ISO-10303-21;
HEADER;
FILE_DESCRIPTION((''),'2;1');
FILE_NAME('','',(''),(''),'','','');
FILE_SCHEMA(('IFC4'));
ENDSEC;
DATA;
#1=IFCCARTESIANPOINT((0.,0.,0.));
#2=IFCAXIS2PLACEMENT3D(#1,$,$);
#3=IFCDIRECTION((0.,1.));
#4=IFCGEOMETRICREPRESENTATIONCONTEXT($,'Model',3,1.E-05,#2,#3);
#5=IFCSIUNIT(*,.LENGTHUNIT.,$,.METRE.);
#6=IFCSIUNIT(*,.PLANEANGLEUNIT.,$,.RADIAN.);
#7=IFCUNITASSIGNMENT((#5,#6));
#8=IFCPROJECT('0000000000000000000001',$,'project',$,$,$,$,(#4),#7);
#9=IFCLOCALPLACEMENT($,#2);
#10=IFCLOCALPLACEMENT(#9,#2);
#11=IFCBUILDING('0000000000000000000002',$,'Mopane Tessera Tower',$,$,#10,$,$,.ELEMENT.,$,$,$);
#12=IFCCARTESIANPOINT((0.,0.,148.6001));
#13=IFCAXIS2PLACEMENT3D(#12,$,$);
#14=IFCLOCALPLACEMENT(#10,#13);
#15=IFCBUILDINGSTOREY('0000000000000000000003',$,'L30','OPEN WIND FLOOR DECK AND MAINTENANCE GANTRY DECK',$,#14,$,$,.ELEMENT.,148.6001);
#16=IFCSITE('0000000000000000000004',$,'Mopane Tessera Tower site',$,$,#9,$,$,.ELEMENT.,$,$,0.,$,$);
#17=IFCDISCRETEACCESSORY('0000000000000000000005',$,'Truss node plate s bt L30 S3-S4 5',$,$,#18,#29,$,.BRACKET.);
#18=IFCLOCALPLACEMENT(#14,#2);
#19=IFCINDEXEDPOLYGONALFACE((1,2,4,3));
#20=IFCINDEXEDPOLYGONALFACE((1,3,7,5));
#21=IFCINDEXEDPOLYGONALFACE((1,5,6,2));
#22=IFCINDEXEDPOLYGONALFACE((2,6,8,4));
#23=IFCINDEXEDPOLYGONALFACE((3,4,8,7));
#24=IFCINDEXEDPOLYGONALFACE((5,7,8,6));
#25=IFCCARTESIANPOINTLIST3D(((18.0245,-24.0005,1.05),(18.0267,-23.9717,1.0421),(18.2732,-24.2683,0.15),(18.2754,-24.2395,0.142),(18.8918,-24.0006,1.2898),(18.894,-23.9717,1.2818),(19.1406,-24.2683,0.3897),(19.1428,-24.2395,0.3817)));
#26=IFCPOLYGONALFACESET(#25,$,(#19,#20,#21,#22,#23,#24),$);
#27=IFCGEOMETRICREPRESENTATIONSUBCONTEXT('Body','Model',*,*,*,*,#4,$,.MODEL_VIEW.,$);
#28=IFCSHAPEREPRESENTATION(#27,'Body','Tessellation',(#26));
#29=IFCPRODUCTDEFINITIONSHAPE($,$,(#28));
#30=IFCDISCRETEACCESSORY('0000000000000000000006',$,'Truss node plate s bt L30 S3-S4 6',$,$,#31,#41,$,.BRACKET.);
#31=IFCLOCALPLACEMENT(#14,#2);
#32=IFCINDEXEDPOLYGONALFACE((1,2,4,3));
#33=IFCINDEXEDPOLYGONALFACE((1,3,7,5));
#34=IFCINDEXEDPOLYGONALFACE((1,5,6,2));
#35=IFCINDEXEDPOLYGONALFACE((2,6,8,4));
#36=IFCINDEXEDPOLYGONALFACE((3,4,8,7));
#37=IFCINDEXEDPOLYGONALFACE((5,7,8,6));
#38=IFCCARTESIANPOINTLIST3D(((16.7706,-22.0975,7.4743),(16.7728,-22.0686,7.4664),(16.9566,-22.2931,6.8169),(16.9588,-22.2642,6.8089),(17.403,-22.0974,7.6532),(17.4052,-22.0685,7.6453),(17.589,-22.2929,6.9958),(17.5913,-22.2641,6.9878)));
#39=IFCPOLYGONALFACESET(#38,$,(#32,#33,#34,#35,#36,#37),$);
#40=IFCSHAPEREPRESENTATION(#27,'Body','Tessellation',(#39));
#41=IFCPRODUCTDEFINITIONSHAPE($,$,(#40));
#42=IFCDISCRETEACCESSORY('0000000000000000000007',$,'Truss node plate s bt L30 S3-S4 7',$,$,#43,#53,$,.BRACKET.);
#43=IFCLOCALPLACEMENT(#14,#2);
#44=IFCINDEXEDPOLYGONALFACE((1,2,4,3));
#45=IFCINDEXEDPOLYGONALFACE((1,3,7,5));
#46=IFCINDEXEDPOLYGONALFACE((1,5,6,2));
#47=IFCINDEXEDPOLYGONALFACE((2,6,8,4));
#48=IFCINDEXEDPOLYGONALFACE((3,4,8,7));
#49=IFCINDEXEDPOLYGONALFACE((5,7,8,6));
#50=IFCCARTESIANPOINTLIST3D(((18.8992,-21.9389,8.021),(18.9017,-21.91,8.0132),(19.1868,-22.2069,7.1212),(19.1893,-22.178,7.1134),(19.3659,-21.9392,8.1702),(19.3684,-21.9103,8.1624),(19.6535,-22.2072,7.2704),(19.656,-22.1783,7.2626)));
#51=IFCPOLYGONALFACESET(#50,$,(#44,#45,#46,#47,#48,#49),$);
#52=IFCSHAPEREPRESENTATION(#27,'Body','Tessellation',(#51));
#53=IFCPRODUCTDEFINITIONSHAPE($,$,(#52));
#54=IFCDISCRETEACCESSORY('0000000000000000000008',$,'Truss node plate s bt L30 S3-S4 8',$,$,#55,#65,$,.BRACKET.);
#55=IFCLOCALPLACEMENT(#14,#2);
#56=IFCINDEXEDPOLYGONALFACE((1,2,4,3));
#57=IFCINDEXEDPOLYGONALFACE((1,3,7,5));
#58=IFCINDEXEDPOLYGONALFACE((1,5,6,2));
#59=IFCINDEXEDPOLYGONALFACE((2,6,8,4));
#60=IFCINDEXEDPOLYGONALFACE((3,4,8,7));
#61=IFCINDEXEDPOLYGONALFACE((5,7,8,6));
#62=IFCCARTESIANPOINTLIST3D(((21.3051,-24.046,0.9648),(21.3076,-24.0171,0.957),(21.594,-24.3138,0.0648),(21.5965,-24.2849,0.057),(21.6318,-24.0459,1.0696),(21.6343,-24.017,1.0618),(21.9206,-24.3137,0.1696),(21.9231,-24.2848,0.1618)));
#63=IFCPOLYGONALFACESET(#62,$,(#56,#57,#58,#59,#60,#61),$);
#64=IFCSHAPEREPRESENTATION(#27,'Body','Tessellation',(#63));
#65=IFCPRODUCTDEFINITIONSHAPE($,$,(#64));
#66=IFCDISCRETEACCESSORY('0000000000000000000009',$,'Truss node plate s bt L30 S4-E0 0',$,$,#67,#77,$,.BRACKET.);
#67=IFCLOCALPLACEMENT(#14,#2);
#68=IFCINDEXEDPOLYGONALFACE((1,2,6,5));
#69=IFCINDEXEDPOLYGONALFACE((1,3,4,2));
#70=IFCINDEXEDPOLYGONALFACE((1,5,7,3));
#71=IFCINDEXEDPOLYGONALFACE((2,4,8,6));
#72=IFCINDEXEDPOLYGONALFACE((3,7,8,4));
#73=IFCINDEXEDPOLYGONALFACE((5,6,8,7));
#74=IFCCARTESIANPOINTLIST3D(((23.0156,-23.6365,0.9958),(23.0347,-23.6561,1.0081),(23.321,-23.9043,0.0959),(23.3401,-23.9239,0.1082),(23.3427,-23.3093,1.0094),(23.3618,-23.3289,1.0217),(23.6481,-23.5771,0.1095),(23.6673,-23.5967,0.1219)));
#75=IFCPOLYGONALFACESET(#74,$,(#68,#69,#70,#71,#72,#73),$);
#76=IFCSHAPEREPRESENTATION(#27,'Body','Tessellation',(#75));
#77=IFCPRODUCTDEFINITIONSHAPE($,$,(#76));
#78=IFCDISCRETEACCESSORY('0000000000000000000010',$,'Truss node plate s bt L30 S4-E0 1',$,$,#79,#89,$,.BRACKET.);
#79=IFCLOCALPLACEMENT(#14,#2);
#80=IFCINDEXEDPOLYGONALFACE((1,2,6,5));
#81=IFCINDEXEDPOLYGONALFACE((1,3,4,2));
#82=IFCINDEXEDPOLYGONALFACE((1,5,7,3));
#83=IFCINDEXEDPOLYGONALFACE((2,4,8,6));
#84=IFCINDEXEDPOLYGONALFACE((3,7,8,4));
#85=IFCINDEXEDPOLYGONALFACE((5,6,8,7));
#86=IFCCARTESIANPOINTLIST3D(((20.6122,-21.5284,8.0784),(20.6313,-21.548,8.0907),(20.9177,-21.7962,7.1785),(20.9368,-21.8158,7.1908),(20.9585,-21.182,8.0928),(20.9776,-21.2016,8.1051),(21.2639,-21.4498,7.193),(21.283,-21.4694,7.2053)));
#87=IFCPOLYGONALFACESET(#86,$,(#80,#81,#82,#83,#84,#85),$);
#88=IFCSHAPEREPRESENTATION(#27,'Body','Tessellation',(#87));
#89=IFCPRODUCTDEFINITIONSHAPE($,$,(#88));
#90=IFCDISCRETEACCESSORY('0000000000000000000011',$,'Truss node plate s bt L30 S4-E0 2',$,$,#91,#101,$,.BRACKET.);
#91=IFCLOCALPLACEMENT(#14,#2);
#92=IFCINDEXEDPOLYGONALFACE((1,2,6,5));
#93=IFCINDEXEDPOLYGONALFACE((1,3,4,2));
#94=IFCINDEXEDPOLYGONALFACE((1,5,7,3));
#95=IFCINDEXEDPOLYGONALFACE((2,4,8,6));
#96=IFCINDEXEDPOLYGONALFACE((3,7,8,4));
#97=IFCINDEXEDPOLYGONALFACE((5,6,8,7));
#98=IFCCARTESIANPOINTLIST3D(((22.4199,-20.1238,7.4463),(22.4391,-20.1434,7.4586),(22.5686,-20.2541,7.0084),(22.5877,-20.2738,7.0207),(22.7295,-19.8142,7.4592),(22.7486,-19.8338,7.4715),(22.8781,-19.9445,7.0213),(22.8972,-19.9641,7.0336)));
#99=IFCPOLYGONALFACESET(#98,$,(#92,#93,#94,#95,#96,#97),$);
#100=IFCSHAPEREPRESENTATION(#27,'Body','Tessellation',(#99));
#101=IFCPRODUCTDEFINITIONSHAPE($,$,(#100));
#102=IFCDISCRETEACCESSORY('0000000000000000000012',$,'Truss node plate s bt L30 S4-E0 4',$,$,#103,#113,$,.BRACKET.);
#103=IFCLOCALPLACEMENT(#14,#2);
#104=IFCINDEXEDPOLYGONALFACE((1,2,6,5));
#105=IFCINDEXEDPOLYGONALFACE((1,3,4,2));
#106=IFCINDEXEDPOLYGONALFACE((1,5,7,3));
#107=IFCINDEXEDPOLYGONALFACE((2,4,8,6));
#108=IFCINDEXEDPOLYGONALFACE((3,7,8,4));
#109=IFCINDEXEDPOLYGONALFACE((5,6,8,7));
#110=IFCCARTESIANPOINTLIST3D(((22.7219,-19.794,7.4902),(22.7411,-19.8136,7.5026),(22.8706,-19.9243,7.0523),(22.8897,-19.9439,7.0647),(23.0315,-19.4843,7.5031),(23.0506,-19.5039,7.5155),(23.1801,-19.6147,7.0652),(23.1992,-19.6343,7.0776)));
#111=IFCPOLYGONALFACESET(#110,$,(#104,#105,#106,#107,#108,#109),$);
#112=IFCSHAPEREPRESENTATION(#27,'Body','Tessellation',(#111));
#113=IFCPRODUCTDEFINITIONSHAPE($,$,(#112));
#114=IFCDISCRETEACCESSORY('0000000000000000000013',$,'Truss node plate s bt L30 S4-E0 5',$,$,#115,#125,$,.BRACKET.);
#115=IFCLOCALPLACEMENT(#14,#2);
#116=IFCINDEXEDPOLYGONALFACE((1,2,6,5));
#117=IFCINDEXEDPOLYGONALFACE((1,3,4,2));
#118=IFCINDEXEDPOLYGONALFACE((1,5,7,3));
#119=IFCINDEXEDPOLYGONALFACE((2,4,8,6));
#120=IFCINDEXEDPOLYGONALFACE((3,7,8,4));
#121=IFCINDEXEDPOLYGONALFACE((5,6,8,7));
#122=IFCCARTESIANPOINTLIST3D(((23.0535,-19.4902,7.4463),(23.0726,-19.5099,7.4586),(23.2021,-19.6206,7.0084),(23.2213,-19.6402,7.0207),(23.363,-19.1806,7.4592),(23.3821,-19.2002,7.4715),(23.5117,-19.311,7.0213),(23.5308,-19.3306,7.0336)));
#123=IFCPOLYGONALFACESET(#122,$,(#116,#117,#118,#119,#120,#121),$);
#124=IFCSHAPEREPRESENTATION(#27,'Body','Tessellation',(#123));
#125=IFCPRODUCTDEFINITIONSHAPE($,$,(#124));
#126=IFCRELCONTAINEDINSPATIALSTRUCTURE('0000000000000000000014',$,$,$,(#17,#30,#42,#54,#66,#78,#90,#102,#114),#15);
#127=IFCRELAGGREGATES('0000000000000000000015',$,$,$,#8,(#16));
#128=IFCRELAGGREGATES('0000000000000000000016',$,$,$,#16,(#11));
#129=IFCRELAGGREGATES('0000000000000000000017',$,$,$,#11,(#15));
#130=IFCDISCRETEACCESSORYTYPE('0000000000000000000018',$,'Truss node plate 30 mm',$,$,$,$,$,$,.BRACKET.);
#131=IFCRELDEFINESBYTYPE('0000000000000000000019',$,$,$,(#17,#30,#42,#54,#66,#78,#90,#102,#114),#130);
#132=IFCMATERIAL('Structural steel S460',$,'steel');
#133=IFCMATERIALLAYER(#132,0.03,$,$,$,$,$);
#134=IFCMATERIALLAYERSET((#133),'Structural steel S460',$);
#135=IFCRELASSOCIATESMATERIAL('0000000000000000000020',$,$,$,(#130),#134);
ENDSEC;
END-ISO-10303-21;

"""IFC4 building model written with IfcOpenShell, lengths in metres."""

from ifc_helpers import new_model, si_unit, direction, frame, origin, origin_2d, place, context, subcontext, project, spatial, rectangle, extrude, material, layer, layer_set, type_object, element, save


model = new_model("IFC4")

# Units and contexts
model_context = context("Model", 3, precision=1e-05, world=origin(), true_north=direction((0.0, 1.0)))
body_context = subcontext(model_context, "Body", "Model", "MODEL_VIEW")
ifc_project = project(units=[si_unit("LENGTHUNIT", "METRE"), si_unit("PLANEANGLEUNIT", "RADIAN")], contexts=[model_context])

# Site, building, storey
site_placement = place(None, origin())
site = spatial("IfcSite", under=ifc_project, at=site_placement, Name="Mopane Tessera Tower site", CompositionType="ELEMENT", RefElevation=0.0)
building_placement = place(site_placement, origin())
building = spatial("IfcBuilding", under=site, at=building_placement, Name="Mopane Tessera Tower", CompositionType="ELEMENT")
storey_placement = place(building_placement, frame((0.0, 0.0, 148.6001)))
storey = spatial("IfcBuildingStorey", under=building, at=storey_placement, Name="L30", Description="OPEN WIND FLOOR DECK AND MAINTENANCE GANTRY DECK", CompositionType="ELEMENT", Elevation=148.6001)

# Discrete accessories
ifc_material_1 = material(Name="Structural steel S460", Category="steel")
ifc_layer_1 = layer(ifc_material_1, 0.03)
ifc_layer_set_1 = layer_set([ifc_layer_1], Name="Structural steel S460")
discrete_accessory_type = type_object("IfcDiscreteAccessoryType", Name="Truss node plate 30 mm", PredefinedType="BRACKET", material=ifc_layer_set_1)
discrete_accessory_1_placement = place(storey_placement, frame((18.708, -24.2539, 0.2659), z_axis=(-0.256068, 0.275669, 0.926518), x_axis=(0.07345, 0.961253, -0.265704)))
element("IfcDiscreteAccessory", 1, at=discrete_accessory_1_placement, inside=storey, type_object=discrete_accessory_type, Name="Truss node plate s bt L30 S3-S4 5", PredefinedType="BRACKET", context=body_context, shape_type="SweptSolid", body=[
    extrude(rectangle(XDim=0.03, YDim=0.8999, at=origin_2d()), origin(), (0.0, 0.0, 1.0), 0.9714),
])
discrete_accessory_2_placement = place(storey_placement, frame((17.2739, -22.2786, 6.9023), z_axis=(-0.261757, 0.275154, 0.92508), x_axis=(0.074759, 0.9614, -0.264803)))
element("IfcDiscreteAccessory", 2, at=discrete_accessory_2_placement, inside=storey, type_object=discrete_accessory_type, Name="Truss node plate s bt L30 S3-S4 6", PredefinedType="BRACKET", context=body_context, shape_type="SweptSolid", body=[
    extrude(rectangle(XDim=0.03, YDim=0.6572, at=origin_2d()), origin(), (0.0, 0.0, 1.0), 0.7107),
])
discrete_accessory_3_placement = place(storey_placement, frame((19.4214, -22.1926, 7.1919), z_axis=(-0.292858, 0.27297, 0.916363), x_axis=(0.083712, 0.962022, -0.259818)))
element("IfcDiscreteAccessory", 3, at=discrete_accessory_3_placement, inside=storey, type_object=discrete_accessory_type, Name="Truss node plate s bt L30 S3-S4 7", PredefinedType="BRACKET", context=body_context, shape_type="SweptSolid", body=[
    extrude(rectangle(XDim=0.03, YDim=0.49, at=origin_2d()), origin(), (0.0, 0.0, 1.0), 0.9819),
])
discrete_accessory_4_placement = place(storey_placement, frame((21.7585, -24.2993, 0.1133), z_axis=(-0.294014, 0.27264, 0.916091), x_axis=(0.083107, 0.962116, -0.259665)))
element("IfcDiscreteAccessory", 4, at=discrete_accessory_4_placement, inside=storey, type_object=discrete_accessory_type, Name="Truss node plate s bt L30 S3-S4 8", PredefinedType="BRACKET", context=body_context, shape_type="SweptSolid", body=[
    extrude(rectangle(XDim=0.03, YDim=0.343, at=origin_2d()), origin(), (0.0, 0.0, 1.0), 0.9824),
])
discrete_accessory_5_placement = place(storey_placement, frame((23.4941, -23.7505, 0.1089), z_axis=(-0.309337, 0.271257, 0.911444), x_axis=(-0.636314, 0.653225, -0.410368)))
element("IfcDiscreteAccessory", 5, at=discrete_accessory_5_placement, inside=storey, type_object=discrete_accessory_type, Name="Truss node plate s bt L30 S4-E0 0", PredefinedType="BRACKET", context=body_context, shape_type="SweptSolid", body=[
    extrude(rectangle(XDim=0.03, YDim=0.4629, at=origin_2d()), origin(), (0.0, 0.0, 1.0), 0.9873),
])
discrete_accessory_6_placement = place(storey_placement, frame((21.1003, -21.6328, 7.1919), z_axis=(-0.309337, 0.271257, 0.911444), x_axis=(-0.636314, 0.653225, -0.410368)))
element("IfcDiscreteAccessory", 6, at=discrete_accessory_6_placement, inside=storey, type_object=discrete_accessory_type, Name="Truss node plate s bt L30 S4-E0 1", PredefinedType="BRACKET", context=body_context, shape_type="SweptSolid", body=[
    extrude(rectangle(XDim=0.03, YDim=0.49, at=origin_2d()), origin(), (0.0, 0.0, 1.0), 0.9873),
])
for number, where, z_axis, x_axis, name in (
    (7, (22.7329, -20.1091, 7.021), (-0.309393, 0.271291, 0.911415), (-0.636311, 0.653187, -0.410432), "Truss node plate s bt L30 S4-E0 2"),
    (8, (23.0349, -19.7793, 7.0649), (-0.309393, 0.271291, 0.911415), (-0.636311, 0.653187, -0.410432), "Truss node plate s bt L30 S4-E0 4"),
    (9, (23.3665, -19.4756, 7.021), (-0.309393, 0.271291, 0.911415), (-0.636311, 0.653187, -0.410432), "Truss node plate s bt L30 S4-E0 5"),
):
    element("IfcDiscreteAccessory", number, at=place(storey_placement, frame(where, z_axis=z_axis, x_axis=x_axis)), inside=storey, type_object=discrete_accessory_type, Name=name, PredefinedType="BRACKET", context=body_context, shape_type="SweptSolid", body=[
        extrude(rectangle(XDim=0.03, YDim=0.438, at=origin_2d()), origin(), (0.0, 0.0, 1.0), 0.4805),
    ])

save(model, "model.ifc")
